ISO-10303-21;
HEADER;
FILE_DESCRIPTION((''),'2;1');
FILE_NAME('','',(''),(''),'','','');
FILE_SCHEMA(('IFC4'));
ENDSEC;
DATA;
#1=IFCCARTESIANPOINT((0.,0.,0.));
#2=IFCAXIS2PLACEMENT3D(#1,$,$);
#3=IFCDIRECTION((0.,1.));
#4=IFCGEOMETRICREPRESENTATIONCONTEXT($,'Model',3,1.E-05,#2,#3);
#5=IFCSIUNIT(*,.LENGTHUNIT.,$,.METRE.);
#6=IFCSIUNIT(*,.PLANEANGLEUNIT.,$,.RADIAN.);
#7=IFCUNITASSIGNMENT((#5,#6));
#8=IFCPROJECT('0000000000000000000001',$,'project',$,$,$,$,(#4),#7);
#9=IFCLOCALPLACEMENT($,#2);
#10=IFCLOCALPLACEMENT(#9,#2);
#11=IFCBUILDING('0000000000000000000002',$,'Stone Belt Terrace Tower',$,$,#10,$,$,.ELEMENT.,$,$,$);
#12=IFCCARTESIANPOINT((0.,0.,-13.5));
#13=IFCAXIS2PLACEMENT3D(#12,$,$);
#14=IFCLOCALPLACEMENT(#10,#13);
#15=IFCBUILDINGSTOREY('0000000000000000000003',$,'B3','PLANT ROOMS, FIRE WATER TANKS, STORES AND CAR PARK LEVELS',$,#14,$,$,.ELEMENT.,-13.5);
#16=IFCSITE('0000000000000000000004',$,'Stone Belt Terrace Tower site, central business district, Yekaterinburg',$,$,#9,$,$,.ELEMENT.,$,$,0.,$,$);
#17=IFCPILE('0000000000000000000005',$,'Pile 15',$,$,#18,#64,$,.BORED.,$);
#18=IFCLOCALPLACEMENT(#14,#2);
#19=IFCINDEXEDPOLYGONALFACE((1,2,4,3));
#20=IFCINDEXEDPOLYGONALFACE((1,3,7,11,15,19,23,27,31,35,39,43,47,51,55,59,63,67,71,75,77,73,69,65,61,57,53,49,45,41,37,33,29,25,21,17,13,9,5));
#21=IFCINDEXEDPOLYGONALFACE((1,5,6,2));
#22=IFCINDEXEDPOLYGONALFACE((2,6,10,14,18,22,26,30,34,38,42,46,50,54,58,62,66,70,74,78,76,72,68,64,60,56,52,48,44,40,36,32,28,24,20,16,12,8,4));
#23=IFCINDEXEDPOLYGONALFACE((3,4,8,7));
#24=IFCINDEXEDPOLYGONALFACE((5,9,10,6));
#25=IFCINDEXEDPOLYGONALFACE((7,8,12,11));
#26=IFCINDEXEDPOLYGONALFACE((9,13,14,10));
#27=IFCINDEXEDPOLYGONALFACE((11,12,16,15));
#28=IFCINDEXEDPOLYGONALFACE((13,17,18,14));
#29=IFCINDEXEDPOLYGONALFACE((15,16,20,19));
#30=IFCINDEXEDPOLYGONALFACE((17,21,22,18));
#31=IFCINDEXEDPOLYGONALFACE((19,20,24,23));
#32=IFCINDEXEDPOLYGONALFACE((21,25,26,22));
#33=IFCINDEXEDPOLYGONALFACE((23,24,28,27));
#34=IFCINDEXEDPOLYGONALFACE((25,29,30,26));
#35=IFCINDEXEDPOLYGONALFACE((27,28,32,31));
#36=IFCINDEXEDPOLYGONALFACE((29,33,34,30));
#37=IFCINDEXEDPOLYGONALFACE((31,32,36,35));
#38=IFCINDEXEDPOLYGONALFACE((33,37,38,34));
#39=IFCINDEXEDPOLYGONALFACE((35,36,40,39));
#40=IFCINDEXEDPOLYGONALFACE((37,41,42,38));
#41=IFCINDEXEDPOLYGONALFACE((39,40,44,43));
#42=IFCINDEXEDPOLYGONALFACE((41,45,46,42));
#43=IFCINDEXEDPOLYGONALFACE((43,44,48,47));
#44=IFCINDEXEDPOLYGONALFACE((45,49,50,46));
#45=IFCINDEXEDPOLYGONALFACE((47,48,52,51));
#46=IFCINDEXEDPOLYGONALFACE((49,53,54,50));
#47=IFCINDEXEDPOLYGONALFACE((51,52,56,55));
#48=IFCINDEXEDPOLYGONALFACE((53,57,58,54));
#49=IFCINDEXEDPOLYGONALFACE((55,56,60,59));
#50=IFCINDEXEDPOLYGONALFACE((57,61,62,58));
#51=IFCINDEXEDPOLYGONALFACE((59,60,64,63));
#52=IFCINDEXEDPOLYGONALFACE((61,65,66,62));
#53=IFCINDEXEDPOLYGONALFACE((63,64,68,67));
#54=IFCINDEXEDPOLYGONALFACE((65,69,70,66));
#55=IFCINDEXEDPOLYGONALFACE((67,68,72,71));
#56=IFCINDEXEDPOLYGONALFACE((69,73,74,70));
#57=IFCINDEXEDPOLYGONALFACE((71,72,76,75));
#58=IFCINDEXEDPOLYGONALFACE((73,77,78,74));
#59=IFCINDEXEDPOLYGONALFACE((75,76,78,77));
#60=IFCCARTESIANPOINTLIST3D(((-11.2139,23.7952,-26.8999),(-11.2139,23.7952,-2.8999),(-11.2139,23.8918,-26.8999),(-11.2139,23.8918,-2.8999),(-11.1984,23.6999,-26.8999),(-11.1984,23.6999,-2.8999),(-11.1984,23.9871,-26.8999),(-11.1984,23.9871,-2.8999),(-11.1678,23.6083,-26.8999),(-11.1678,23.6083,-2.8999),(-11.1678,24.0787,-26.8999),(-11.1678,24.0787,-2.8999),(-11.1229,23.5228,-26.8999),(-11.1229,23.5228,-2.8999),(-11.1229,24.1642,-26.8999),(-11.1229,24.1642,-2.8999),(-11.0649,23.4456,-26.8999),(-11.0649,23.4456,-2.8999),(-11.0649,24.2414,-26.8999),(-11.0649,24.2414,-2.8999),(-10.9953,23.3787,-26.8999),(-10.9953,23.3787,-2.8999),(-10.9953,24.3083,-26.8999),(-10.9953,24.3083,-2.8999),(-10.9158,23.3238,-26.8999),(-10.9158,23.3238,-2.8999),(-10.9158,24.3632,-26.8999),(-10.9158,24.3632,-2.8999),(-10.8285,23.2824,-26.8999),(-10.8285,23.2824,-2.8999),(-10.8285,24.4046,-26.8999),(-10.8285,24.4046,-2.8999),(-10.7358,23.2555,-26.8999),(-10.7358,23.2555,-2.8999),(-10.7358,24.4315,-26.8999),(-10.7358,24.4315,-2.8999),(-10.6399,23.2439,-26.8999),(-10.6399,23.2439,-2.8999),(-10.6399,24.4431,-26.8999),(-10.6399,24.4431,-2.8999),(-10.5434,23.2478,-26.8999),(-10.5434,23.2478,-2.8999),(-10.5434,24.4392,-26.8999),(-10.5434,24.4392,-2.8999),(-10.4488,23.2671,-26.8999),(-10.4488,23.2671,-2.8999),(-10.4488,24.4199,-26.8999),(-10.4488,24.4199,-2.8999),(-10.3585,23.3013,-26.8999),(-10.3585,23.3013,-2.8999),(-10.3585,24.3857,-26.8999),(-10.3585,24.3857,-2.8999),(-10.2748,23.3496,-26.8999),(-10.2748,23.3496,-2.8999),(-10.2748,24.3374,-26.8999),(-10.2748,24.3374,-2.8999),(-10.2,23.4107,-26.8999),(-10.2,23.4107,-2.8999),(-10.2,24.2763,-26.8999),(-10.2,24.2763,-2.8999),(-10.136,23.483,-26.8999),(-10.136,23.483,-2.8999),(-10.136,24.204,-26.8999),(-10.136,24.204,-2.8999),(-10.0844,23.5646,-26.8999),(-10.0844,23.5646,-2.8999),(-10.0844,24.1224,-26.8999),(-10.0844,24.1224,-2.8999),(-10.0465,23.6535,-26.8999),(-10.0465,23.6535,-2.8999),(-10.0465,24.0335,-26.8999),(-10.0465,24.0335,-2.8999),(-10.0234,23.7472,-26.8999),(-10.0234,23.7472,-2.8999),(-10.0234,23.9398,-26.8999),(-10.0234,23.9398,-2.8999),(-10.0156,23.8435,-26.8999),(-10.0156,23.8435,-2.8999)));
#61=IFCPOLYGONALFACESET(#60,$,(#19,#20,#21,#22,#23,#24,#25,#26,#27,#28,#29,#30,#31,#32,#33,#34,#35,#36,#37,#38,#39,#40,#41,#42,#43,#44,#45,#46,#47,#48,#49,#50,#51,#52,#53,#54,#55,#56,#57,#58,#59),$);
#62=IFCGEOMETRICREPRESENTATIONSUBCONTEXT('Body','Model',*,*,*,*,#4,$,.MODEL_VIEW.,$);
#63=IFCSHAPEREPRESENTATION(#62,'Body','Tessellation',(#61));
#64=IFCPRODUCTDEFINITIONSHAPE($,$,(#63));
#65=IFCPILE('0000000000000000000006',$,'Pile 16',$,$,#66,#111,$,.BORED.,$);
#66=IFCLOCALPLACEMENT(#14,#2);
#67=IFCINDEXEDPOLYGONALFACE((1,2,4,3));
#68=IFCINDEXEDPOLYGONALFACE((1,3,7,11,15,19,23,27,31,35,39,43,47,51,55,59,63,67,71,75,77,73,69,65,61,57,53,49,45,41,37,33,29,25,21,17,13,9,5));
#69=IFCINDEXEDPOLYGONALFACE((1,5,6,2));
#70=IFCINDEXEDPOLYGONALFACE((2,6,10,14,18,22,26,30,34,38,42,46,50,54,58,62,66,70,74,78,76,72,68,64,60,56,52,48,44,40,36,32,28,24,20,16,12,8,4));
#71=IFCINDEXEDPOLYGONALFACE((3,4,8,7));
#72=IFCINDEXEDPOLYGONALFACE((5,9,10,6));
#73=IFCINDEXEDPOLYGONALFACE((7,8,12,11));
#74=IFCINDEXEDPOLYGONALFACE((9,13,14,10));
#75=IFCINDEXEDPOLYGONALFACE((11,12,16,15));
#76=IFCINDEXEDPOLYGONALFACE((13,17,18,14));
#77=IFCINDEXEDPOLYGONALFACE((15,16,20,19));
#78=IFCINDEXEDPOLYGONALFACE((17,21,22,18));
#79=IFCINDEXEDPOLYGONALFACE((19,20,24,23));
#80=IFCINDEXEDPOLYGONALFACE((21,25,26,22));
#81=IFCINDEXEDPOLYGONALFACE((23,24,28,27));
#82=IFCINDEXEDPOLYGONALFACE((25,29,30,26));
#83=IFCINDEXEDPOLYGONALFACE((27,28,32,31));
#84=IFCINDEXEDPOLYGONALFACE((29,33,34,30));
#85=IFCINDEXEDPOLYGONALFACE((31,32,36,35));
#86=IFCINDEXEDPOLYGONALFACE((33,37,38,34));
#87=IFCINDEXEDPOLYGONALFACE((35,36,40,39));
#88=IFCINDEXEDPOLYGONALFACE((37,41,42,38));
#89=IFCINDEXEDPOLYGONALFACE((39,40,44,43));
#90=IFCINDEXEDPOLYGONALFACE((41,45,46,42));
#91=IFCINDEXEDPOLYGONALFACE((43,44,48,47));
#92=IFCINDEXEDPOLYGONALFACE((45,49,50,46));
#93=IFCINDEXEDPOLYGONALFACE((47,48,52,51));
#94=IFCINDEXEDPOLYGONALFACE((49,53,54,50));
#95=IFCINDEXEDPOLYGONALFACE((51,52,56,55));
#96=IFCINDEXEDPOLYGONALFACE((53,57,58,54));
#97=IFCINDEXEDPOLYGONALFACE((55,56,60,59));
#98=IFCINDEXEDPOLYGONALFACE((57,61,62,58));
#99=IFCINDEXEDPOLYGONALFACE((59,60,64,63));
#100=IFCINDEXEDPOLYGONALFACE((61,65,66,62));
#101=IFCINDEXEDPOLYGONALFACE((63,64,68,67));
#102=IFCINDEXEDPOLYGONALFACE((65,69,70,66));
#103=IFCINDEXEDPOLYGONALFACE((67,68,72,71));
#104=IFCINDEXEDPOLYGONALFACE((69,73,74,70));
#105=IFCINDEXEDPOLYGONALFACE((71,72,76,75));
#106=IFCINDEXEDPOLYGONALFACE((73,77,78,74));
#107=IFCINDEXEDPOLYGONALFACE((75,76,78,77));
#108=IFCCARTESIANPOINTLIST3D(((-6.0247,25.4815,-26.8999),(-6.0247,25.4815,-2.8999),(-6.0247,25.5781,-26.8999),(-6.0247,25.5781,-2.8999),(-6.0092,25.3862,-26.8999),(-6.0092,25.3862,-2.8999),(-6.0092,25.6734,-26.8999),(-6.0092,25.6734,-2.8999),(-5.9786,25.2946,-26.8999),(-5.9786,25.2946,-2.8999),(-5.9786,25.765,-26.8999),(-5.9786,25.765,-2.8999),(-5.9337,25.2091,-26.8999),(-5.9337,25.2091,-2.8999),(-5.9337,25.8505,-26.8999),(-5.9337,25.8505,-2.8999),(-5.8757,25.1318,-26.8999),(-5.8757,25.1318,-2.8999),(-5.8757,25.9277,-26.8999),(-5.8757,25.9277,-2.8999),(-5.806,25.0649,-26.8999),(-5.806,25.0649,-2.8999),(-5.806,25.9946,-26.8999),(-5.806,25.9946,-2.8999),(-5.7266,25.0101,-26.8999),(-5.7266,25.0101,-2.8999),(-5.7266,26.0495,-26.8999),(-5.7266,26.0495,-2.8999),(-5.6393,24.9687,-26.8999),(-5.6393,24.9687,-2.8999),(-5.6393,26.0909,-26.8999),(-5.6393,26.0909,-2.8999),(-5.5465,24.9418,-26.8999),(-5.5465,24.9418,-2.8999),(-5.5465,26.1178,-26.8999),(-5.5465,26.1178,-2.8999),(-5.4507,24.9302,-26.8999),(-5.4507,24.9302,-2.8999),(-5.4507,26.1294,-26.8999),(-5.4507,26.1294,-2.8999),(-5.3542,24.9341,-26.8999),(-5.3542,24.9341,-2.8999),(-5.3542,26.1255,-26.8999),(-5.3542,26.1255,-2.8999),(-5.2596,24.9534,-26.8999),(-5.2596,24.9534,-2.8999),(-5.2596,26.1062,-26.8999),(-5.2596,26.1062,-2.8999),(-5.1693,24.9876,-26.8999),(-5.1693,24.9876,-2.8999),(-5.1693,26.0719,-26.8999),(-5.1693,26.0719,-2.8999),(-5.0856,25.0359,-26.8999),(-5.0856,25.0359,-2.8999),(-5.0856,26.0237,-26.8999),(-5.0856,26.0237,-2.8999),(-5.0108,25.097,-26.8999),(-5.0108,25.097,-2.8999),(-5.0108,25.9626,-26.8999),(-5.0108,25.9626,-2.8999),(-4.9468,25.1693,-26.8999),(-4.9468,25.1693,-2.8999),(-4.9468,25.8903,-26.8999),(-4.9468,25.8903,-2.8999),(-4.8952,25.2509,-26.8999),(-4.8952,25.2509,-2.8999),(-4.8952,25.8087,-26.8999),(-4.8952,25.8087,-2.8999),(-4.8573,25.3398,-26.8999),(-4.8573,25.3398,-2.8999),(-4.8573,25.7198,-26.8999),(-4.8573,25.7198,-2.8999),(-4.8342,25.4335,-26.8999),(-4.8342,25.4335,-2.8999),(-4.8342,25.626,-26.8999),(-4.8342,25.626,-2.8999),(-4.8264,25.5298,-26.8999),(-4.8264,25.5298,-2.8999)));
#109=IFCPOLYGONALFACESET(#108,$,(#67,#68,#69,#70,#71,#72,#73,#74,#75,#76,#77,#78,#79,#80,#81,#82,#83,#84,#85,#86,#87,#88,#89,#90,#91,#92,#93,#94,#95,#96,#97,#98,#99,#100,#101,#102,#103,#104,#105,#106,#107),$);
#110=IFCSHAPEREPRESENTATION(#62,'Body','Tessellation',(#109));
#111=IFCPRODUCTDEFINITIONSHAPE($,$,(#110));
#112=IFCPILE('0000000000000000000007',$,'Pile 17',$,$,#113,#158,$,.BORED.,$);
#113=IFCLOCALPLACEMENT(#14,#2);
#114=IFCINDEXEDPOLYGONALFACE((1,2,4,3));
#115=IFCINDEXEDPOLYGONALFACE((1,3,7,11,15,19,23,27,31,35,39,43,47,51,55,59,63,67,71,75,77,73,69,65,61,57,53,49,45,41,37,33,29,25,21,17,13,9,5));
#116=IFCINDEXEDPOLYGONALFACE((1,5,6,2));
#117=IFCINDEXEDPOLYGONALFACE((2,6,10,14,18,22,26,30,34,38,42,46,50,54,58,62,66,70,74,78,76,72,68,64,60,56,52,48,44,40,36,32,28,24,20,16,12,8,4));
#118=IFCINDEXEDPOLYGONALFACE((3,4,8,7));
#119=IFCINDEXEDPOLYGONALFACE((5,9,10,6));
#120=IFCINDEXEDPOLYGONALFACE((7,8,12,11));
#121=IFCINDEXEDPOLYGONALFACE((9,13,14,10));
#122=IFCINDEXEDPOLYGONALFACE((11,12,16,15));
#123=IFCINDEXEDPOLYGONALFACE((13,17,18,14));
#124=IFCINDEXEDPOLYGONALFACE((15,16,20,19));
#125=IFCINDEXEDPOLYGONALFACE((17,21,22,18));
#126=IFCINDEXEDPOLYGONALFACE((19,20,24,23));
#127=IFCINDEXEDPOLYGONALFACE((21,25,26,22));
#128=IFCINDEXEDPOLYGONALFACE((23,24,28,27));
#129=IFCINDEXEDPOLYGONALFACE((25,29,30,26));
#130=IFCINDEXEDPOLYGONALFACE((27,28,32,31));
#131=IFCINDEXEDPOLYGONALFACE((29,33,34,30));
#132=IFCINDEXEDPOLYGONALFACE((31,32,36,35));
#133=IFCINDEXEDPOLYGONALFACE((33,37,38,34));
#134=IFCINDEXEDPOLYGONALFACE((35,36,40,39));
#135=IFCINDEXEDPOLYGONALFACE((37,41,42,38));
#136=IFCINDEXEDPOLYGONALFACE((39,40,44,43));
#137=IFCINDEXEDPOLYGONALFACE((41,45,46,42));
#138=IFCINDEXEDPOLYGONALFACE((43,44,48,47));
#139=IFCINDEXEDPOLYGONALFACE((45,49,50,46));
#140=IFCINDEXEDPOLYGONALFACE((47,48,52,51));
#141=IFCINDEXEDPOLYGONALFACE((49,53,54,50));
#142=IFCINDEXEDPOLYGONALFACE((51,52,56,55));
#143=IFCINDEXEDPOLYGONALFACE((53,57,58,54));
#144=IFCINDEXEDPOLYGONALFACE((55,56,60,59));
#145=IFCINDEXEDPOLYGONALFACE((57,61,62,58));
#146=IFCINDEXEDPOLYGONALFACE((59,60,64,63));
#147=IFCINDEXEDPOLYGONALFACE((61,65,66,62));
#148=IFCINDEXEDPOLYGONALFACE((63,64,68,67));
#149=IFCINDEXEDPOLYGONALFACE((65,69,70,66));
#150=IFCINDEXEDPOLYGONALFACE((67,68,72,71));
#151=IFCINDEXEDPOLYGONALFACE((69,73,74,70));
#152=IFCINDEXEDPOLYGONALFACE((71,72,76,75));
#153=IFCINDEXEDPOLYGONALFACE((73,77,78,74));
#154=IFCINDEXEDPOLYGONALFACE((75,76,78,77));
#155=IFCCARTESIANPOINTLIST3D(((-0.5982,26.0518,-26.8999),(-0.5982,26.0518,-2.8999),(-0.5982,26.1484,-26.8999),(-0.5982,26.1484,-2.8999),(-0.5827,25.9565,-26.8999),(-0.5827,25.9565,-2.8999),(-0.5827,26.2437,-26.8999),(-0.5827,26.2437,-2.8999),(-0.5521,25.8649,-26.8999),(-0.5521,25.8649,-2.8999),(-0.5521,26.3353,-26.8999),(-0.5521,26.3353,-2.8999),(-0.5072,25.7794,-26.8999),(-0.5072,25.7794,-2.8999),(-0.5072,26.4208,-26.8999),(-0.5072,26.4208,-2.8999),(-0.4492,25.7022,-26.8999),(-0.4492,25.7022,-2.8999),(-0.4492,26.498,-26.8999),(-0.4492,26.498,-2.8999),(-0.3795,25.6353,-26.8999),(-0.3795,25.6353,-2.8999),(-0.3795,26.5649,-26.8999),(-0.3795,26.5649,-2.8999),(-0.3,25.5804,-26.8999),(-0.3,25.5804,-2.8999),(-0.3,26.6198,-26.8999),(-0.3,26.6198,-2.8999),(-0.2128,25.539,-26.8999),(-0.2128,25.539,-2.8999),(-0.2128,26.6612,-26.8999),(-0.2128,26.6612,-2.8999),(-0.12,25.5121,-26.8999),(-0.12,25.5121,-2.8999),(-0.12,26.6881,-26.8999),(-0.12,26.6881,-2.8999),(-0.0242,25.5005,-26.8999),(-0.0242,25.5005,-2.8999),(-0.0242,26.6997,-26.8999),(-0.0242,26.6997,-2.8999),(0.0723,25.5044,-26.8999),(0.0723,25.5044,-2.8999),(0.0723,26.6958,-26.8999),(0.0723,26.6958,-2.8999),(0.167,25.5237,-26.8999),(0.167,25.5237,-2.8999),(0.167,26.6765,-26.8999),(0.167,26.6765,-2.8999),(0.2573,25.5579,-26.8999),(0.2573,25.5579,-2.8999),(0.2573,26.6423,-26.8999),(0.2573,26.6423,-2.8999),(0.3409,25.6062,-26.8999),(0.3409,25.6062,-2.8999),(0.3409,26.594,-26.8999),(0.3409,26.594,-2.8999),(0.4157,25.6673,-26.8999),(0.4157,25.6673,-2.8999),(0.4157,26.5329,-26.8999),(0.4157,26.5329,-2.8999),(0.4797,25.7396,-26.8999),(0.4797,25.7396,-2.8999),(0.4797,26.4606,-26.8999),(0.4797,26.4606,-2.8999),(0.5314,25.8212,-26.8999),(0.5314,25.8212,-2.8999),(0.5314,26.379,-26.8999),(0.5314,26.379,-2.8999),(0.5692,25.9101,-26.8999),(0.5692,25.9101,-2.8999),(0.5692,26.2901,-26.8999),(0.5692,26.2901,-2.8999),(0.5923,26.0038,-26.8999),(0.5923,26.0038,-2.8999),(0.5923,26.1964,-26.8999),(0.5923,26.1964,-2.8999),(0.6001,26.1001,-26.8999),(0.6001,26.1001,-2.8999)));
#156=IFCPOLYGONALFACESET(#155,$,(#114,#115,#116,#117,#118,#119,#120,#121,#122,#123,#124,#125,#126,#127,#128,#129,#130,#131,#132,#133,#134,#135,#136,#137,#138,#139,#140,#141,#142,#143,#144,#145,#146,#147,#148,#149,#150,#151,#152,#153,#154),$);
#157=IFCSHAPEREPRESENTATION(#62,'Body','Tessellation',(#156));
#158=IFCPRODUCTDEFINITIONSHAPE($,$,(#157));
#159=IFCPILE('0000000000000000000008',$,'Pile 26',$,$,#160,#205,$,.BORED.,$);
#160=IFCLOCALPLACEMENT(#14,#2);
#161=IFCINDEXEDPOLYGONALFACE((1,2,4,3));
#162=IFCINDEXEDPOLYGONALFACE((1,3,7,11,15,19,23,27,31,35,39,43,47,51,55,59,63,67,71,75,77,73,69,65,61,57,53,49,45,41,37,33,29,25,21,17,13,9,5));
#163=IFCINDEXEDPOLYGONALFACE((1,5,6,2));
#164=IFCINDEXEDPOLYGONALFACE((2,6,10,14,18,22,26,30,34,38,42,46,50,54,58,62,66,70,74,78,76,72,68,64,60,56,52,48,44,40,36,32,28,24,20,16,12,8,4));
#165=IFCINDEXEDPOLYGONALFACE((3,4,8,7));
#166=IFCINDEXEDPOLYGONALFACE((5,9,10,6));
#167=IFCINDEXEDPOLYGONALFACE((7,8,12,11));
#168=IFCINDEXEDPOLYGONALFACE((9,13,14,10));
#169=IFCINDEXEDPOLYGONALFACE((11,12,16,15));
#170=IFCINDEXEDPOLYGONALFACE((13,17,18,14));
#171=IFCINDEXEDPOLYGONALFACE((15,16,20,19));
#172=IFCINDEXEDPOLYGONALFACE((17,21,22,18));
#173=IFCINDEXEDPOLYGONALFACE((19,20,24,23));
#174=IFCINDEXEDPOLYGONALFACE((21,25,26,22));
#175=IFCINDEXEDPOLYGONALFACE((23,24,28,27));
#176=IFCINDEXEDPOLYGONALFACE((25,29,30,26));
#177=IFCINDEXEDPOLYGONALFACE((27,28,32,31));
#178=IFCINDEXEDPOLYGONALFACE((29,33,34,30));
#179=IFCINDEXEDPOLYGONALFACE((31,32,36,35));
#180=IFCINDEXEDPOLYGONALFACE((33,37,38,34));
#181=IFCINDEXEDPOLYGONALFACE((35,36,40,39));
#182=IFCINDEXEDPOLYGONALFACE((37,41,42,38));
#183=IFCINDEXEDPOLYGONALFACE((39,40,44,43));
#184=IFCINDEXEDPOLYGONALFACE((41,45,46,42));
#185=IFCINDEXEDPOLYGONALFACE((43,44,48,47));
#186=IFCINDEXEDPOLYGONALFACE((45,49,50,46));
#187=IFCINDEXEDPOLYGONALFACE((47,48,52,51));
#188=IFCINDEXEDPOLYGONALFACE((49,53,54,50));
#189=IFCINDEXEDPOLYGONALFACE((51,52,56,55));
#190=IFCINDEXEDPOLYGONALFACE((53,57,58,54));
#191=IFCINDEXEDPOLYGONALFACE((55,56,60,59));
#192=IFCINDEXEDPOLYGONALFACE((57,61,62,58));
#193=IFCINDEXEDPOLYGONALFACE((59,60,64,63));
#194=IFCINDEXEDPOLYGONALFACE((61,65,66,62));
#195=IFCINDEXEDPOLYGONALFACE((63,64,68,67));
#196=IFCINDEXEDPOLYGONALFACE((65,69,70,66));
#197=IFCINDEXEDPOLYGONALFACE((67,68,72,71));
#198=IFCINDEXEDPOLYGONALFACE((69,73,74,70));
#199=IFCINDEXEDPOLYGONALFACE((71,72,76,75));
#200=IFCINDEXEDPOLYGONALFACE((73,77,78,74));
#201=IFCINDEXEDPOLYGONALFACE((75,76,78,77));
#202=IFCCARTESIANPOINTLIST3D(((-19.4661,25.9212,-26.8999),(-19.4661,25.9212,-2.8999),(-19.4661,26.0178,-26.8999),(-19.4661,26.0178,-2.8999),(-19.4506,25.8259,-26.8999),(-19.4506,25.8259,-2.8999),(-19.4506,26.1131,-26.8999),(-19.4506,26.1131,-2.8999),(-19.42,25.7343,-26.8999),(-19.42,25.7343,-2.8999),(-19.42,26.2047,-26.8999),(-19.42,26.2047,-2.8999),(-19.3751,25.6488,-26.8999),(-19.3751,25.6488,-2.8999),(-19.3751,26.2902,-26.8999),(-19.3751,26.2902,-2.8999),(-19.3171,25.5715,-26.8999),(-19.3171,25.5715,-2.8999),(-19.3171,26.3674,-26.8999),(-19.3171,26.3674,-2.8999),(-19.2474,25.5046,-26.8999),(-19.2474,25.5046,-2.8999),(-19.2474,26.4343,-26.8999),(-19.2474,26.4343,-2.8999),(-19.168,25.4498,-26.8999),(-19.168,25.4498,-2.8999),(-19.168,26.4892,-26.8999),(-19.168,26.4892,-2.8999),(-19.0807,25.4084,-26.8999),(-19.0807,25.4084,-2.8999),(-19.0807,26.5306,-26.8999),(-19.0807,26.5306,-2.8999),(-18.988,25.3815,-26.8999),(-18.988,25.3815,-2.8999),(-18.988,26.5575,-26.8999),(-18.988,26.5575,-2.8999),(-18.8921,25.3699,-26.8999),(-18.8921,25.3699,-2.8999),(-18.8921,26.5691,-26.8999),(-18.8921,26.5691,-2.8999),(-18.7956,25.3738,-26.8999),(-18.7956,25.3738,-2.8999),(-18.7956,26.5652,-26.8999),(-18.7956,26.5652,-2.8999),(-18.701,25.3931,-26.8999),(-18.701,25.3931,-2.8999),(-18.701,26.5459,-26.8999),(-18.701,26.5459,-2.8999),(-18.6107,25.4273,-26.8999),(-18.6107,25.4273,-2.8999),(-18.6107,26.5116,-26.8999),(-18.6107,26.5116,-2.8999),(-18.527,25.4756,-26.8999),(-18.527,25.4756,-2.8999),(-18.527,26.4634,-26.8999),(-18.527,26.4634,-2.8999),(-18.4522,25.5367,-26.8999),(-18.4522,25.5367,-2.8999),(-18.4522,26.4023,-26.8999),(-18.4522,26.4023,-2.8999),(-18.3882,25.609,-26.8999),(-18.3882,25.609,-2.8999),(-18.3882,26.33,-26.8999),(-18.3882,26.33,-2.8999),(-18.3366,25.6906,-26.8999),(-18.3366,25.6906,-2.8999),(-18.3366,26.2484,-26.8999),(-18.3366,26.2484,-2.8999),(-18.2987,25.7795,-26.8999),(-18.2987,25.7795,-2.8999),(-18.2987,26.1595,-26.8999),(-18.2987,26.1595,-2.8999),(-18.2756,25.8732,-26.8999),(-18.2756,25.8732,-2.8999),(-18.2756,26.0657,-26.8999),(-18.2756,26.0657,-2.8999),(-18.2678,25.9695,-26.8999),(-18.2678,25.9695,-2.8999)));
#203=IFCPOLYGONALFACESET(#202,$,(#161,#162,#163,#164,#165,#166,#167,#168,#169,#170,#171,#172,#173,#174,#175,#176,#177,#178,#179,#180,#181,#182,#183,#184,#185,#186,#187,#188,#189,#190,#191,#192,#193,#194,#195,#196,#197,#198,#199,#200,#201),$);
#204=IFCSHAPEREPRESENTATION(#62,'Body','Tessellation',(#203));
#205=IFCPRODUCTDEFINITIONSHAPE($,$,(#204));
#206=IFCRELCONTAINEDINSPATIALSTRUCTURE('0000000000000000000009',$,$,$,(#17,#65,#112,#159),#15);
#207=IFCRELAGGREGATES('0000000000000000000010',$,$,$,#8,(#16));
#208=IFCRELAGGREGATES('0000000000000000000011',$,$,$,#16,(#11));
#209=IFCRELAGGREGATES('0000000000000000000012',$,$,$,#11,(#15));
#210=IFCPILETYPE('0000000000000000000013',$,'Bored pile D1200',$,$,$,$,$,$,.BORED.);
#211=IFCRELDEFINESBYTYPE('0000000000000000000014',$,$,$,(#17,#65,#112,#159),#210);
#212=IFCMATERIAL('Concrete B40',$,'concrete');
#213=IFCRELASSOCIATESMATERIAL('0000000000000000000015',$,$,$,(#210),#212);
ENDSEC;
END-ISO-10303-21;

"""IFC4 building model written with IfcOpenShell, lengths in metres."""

from ifc_helpers import new_model, si_unit, direction, frame, origin, origin_2d, place, context, subcontext, project, spatial, circle, extrude, material, material_profile, profile_set, type_object, element, save


model = new_model("IFC4")

# Units and contexts
model_context = context("Model", 3, precision=1e-05, world=origin(), true_north=direction((0.0, 1.0)))
body_context = subcontext(model_context, "Body", "Model", "MODEL_VIEW")
ifc_project = project(units=[si_unit("LENGTHUNIT", "METRE"), si_unit("PLANEANGLEUNIT", "RADIAN")], contexts=[model_context])

# Site, building, storey
site_placement = place(None, origin())
site = spatial("IfcSite", under=ifc_project, at=site_placement, Name="Stone Belt Terrace Tower site, central business district, Yekaterinburg", CompositionType="ELEMENT", RefElevation=0.0)
building_placement = place(site_placement, origin())
building = spatial("IfcBuilding", under=site, at=building_placement, Name="Stone Belt Terrace Tower", CompositionType="ELEMENT")
storey_placement = place(building_placement, frame((0.0, 0.0, -13.5)))
storey = spatial("IfcBuildingStorey", under=building, at=storey_placement, Name="B3", Description="PLANT ROOMS, FIRE WATER TANKS, STORES AND CAR PARK LEVELS", CompositionType="ELEMENT", Elevation=-13.5)

# Piles
ifc_material_1 = material(Name="Concrete B40", Category="concrete")
ifc_material_profile_1 = material_profile(ifc_material_1, circle(Radius=0.6001, at=origin_2d()), Name="PILE D1200")
ifc_profile_set_1 = profile_set([ifc_material_profile_1], Name="Concrete B40")
pile_type = type_object("IfcPileType", Name="Bored pile D1200", PredefinedType="BORED", material=ifc_profile_set_1)
for number, where, z_axis, x_axis, name in (
    (1, (-10.6157, 23.8435, -2.8999), (0.0, 0.0, -1.0), (1.0, 0.0, 0.0), "Pile 15"),
    (2, (-5.4265, 25.5298, -2.8999), (0.0, 0.0, -1.0), (1.0, 0.0, 0.0), "Pile 16"),
    (3, (0.0, 26.1001, -2.8999), (0.0, 0.0, -1.0), (1.0, 0.0, 0.0), "Pile 17"),
    (4, (-18.8679, 25.9695, -2.8999), (0.0, 0.0, -1.0), (1.0, 0.0, 0.0), "Pile 26"),
):
    element("IfcPile", number, at=place(storey_placement, frame(where, z_axis=z_axis, x_axis=x_axis)), inside=storey, type_object=pile_type, Name=name, PredefinedType="BORED", context=body_context, shape_type="SweptSolid", body=[
        extrude(circle(Radius=0.6001, at=origin_2d()), origin(), (0.0, 0.0, 1.0), 24.0),
    ])

save(model, "model.ifc")
